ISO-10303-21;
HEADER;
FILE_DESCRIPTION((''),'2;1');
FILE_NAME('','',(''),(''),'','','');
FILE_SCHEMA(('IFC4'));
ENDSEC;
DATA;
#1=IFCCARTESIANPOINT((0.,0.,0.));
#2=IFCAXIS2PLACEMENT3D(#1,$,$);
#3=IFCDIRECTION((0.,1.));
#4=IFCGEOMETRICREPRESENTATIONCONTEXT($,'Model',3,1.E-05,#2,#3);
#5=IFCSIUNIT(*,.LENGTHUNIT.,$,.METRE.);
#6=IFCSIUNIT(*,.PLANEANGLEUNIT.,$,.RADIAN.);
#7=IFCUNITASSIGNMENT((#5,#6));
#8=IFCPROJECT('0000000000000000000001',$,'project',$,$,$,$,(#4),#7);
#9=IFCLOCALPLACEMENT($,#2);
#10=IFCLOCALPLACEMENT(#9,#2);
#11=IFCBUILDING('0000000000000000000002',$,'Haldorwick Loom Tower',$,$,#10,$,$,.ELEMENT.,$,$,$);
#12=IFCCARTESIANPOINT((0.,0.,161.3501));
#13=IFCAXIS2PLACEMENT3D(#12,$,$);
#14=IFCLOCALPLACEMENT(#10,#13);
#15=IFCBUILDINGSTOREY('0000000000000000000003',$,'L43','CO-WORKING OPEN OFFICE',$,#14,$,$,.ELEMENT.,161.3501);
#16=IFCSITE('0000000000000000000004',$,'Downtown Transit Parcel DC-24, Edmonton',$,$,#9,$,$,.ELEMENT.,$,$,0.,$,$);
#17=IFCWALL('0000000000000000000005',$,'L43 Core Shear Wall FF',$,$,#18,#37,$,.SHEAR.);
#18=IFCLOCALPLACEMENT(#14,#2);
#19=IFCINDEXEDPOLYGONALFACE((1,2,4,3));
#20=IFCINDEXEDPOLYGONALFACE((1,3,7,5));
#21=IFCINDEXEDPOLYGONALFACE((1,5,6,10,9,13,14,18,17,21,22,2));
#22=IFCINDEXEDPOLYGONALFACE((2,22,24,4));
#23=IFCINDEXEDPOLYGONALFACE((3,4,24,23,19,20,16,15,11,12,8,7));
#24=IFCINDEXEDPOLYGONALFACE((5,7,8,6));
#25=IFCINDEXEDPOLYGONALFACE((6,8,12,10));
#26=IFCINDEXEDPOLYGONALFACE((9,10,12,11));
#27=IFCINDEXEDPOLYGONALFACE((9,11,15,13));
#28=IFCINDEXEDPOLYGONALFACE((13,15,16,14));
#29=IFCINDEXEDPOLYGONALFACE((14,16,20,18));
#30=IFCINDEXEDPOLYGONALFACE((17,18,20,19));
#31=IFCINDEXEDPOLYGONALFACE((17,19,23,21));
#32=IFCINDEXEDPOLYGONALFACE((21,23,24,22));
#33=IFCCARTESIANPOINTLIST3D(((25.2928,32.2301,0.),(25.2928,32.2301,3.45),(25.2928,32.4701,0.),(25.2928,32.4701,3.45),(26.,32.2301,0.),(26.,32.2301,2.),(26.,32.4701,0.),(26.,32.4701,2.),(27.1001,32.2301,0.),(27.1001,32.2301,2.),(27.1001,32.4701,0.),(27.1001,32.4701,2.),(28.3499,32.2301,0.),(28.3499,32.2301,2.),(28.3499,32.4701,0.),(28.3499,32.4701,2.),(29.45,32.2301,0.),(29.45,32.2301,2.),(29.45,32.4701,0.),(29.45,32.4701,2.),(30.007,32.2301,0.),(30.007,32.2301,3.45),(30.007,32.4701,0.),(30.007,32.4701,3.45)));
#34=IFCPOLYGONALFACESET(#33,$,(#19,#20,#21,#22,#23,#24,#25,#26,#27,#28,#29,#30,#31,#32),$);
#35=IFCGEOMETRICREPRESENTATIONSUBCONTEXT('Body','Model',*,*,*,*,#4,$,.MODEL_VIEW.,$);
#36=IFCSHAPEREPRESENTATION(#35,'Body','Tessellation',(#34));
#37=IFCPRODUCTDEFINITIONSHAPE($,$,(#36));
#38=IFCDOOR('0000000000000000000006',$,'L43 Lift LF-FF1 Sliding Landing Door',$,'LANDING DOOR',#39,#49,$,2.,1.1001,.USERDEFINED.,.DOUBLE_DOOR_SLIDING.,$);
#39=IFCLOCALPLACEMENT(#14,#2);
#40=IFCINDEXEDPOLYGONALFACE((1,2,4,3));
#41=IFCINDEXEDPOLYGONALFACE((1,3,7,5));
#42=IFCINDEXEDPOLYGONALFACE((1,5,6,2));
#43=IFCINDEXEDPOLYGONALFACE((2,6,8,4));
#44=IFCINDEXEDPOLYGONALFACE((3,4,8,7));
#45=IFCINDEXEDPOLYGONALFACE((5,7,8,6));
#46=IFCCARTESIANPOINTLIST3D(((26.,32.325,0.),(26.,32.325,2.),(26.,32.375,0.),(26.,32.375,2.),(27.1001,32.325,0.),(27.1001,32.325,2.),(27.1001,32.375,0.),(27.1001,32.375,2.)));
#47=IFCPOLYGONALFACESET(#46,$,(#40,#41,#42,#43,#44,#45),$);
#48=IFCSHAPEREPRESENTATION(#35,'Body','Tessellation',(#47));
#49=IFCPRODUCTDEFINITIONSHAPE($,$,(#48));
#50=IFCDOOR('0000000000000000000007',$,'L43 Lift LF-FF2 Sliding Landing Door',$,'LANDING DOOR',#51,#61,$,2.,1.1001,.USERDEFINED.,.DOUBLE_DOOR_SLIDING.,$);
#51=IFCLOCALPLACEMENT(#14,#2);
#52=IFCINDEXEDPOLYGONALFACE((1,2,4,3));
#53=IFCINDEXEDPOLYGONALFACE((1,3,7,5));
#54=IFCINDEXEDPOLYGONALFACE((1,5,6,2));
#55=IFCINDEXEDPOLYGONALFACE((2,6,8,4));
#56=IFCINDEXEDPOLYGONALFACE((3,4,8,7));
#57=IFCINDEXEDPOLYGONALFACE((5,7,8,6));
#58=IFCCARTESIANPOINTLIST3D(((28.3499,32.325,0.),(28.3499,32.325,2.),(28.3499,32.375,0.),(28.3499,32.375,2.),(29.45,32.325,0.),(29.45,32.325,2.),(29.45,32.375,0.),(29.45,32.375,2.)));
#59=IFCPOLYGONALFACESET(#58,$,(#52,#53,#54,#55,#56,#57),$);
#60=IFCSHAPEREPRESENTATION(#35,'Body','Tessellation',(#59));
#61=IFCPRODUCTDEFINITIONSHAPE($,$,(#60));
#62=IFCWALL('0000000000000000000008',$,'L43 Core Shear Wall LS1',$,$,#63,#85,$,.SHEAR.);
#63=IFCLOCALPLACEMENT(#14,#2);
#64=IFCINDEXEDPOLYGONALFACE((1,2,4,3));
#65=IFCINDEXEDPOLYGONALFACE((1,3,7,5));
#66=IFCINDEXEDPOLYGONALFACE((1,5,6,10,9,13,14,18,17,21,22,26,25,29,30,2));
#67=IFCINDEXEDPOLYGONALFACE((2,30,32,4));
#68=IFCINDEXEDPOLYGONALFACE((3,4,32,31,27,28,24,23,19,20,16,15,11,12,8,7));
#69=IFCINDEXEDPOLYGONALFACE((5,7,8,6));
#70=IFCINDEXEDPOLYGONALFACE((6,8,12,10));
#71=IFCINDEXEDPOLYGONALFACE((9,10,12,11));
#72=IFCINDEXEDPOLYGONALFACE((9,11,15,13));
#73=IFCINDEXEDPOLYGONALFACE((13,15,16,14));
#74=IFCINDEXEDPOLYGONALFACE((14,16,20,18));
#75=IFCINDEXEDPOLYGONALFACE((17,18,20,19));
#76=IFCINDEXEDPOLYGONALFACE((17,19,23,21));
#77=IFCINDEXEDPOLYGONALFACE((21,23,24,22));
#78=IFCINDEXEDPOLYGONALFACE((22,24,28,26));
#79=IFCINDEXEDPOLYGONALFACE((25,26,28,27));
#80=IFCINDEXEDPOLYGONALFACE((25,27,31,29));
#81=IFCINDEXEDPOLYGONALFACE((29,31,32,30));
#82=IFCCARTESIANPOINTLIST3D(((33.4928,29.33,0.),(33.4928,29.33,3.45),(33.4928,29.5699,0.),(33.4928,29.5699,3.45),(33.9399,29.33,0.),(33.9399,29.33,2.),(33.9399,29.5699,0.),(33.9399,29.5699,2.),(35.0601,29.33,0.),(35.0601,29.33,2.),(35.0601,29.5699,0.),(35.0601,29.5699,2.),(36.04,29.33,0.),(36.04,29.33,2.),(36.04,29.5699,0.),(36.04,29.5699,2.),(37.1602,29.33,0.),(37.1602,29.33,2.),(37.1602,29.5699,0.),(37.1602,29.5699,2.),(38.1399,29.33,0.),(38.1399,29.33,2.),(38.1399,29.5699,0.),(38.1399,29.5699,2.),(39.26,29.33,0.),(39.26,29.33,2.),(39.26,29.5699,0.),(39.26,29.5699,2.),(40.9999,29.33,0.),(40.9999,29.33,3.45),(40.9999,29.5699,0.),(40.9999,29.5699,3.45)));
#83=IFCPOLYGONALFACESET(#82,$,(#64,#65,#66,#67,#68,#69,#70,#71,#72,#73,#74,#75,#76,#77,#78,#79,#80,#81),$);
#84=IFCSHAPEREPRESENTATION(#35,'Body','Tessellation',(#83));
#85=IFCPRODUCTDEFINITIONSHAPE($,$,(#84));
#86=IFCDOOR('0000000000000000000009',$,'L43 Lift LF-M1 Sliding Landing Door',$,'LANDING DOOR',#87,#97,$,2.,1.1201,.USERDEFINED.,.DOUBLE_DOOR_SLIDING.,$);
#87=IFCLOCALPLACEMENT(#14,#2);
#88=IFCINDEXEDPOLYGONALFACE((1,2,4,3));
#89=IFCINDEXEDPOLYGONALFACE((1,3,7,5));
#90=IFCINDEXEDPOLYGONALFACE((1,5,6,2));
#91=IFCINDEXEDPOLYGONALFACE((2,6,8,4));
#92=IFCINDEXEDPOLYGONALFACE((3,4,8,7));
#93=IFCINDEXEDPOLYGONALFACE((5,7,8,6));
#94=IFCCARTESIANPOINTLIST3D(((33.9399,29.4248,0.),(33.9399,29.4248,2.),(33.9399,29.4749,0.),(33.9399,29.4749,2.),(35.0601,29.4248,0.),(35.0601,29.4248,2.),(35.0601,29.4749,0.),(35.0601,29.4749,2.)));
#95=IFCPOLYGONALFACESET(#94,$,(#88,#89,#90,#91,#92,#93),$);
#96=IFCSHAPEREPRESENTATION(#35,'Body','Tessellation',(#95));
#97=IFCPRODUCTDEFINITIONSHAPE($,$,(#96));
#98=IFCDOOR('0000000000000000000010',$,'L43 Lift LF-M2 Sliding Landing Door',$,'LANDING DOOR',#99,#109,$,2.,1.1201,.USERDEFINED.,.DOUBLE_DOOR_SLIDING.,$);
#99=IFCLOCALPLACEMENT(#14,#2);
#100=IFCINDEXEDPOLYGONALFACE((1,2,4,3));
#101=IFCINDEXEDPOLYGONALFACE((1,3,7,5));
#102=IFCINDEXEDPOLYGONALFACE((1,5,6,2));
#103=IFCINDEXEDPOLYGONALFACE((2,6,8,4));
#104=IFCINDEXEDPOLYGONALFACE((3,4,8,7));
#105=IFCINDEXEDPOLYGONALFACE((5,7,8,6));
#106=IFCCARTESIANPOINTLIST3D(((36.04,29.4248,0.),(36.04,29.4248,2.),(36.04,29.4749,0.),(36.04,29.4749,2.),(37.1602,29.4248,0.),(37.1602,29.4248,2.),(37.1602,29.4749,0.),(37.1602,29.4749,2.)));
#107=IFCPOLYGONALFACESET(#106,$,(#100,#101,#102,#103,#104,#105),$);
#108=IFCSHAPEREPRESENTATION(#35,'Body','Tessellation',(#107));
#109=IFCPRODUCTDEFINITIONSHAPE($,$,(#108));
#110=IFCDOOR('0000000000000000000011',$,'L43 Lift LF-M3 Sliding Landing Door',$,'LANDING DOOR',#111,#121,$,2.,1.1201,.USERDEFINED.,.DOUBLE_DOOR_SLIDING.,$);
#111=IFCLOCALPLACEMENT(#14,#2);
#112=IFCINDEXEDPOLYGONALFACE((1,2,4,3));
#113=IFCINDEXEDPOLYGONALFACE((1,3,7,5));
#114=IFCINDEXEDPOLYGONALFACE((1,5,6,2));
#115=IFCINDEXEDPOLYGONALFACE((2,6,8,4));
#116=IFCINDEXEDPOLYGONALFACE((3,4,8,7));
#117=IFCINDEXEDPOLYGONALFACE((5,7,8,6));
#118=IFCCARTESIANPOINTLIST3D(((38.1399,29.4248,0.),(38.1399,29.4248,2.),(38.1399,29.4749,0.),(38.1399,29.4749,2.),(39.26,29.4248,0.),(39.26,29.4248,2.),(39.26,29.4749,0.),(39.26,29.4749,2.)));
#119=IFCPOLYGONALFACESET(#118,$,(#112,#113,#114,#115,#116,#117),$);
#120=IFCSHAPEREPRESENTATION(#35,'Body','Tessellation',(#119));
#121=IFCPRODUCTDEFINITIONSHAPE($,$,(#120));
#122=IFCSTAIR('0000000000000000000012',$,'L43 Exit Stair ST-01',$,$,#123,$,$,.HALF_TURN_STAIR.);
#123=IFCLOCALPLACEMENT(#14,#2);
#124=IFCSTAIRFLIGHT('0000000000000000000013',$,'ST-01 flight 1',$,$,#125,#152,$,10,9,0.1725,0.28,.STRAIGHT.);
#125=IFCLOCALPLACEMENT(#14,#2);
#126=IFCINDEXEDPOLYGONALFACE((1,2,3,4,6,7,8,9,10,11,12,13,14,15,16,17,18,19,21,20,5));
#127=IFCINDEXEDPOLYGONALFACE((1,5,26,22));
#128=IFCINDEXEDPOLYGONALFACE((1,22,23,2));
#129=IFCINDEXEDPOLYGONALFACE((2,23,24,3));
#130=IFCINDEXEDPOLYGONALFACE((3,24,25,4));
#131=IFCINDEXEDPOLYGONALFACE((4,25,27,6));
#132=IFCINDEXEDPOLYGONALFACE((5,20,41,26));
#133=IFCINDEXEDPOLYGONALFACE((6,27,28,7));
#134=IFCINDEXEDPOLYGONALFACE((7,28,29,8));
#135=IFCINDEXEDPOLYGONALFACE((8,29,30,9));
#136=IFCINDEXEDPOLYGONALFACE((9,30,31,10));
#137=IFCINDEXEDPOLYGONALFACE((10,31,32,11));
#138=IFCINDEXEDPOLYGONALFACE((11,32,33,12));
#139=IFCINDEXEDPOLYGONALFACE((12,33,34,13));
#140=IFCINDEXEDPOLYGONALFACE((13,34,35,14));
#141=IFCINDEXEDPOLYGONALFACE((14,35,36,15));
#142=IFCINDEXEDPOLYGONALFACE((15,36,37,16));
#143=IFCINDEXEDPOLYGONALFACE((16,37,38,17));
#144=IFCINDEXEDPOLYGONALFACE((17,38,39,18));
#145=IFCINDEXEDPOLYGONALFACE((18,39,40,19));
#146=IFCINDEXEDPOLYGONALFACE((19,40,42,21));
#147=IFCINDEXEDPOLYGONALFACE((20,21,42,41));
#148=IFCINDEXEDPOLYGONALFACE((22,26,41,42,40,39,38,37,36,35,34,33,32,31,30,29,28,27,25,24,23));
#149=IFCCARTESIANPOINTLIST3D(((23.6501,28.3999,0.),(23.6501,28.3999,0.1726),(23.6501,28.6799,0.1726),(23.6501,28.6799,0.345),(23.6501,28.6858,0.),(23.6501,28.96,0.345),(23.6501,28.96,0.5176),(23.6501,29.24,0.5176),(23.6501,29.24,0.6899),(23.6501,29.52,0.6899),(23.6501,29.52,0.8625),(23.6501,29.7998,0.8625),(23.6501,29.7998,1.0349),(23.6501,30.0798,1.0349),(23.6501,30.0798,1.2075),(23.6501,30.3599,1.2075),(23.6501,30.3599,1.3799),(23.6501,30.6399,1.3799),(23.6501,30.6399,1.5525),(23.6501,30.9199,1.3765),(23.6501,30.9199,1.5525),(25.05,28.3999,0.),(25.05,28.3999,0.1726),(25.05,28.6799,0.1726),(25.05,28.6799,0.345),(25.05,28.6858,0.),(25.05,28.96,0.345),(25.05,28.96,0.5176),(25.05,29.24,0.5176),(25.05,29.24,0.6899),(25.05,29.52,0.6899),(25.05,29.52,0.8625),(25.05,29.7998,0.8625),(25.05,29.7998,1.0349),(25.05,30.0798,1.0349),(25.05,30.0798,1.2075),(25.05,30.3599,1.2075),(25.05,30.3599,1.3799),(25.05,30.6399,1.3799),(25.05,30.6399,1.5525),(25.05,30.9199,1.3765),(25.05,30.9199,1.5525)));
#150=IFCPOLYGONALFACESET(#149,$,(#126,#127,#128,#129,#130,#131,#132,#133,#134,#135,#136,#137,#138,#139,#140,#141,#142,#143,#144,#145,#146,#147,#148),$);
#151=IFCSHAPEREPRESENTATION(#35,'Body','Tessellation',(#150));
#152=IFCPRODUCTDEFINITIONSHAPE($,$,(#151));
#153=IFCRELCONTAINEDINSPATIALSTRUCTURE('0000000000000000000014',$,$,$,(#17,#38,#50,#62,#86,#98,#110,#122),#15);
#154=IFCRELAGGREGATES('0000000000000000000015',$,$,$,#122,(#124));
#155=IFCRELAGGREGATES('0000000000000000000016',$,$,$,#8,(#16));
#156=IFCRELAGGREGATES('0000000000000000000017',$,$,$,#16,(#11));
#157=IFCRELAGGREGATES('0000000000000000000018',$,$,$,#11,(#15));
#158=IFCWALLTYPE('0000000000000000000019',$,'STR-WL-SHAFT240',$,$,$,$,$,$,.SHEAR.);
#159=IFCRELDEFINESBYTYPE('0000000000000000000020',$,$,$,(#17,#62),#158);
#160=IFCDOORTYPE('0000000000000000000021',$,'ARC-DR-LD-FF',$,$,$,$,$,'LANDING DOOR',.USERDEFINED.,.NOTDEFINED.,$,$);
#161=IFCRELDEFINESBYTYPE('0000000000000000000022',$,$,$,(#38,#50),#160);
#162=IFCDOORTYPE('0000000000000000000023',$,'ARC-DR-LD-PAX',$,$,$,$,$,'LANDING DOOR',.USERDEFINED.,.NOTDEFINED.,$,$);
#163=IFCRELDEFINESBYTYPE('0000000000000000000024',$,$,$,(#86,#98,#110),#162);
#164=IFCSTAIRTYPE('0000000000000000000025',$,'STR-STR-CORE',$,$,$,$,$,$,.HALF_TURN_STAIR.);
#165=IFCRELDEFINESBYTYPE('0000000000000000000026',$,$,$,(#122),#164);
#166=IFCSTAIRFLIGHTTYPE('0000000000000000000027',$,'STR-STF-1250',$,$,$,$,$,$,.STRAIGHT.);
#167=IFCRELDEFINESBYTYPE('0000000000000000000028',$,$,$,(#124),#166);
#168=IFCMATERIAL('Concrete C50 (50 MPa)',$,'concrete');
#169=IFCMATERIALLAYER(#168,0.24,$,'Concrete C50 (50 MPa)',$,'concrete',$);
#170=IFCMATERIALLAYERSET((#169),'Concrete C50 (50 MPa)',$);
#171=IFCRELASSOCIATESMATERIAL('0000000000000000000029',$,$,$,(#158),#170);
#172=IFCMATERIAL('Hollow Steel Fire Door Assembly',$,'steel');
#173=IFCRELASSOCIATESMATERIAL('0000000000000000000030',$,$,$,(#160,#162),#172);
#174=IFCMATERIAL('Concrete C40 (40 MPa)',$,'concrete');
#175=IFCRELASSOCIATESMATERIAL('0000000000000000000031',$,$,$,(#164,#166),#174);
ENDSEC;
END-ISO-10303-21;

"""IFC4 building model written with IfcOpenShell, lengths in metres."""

from ifc_helpers import new_model, si_unit, direction, frame, frame_2d, origin, place, context, subcontext, project, spatial, polyline, rectangle, outline, extrude, material, layer, layer_set, type_object, element, fill, aggregate, save


model = new_model("IFC4")

# Units and contexts
model_context = context("Model", 3, precision=1e-05, world=origin(), true_north=direction((0.0, 1.0)))
body_context = subcontext(model_context, "Body", "Model", "MODEL_VIEW")
ifc_project = project(units=[si_unit("LENGTHUNIT", "METRE"), si_unit("PLANEANGLEUNIT", "RADIAN")], contexts=[model_context])

# Site, building, storey
site_placement = place(None, origin())
site = spatial("IfcSite", under=ifc_project, at=site_placement, Name="Downtown Transit Parcel DC-24, Edmonton", CompositionType="ELEMENT", RefElevation=0.0)
building_placement = place(site_placement, origin())
building = spatial("IfcBuilding", under=site, at=building_placement, Name="Haldorwick Loom Tower", CompositionType="ELEMENT")
storey_placement = place(building_placement, frame((0.0, 0.0, 161.3501)))
storey = spatial("IfcBuildingStorey", under=building, at=storey_placement, Name="L43", Description="CO-WORKING OPEN OFFICE", CompositionType="ELEMENT", Elevation=161.3501)

# Shared definitions
ifc_material_1 = material(Name="Concrete C50 (50 MPa)", Category="concrete")
ifc_layer_1 = layer(ifc_material_1, 0.24, Name="Concrete C50 (50 MPa)", Category="concrete")
ifc_layer_set_1 = layer_set([ifc_layer_1], Name="Concrete C50 (50 MPa)")
wall_type = type_object("IfcWallType", Name="STR-WL-SHAFT240", PredefinedType="SHEAR", material=ifc_layer_set_1)

# Walls, openings, doors
wall_1_placement = place(storey_placement, frame((25.293, 32.3501, 0.0), z_axis=(0.0, 0.0, 1.0), x_axis=(1.0, 0.0, 0.0)))
wall_1 = element("IfcWall", 1, at=wall_1_placement, inside=storey, type_object=wall_type, Name="L43 Core Shear Wall FF", PredefinedType="SHEAR", context=body_context, shape_type="SweptSolid", body=[
    extrude(rectangle(XDim=4.7141, YDim=0.24, at=frame_2d((2.3569, 0.0))), origin(), (0.0, 0.0, 1.0), 3.45),
])
opening_1_placement = place(wall_1_placement, frame((0.707, 0.0, 0.0)))
opening_1 = element("IfcOpeningElement", 2, at=opening_1_placement, cuts=wall_1, PredefinedType="OPENING", context=body_context, shape_type="SweptSolid", body=[
    extrude(rectangle(XDim=1.1001, YDim=2.0, at=frame_2d((0.55, 1.0))), frame((0.0, 0.1299, 0.0), z_axis=(0.0, -1.0, 0.0), x_axis=(1.0, 0.0, 0.0)), (0.0, 0.0, 1.0), 0.26),
])
opening_2_placement = place(wall_1_placement, frame((3.0569, 0.0, 0.0)))
opening_2 = element("IfcOpeningElement", 3, at=opening_2_placement, cuts=wall_1, PredefinedType="OPENING", context=body_context, shape_type="SweptSolid", body=[
    extrude(rectangle(XDim=1.1001, YDim=2.0, at=frame_2d((0.55, 1.0))), frame((0.0, 0.1299, 0.0), z_axis=(0.0, -1.0, 0.0), x_axis=(1.0, 0.0, 0.0)), (0.0, 0.0, 1.0), 0.26),
])
ifc_material_2 = material(Name="Hollow Steel Fire Door Assembly", Category="steel")
door_type_1 = type_object("IfcDoorType", Name="ARC-DR-LD-FF", ElementType="LANDING DOOR", OperationType="NOTDEFINED", PredefinedType="USERDEFINED", material=ifc_material_2)
door_1_placement = place(opening_1_placement, origin())
door_1 = element("IfcDoor", 4, at=door_1_placement, inside=storey, type_object=door_type_1, Name="L43 Lift LF-FF1 Sliding Landing Door", ObjectType="LANDING DOOR", OperationType="DOUBLE_DOOR_SLIDING", OverallHeight=2.0, OverallWidth=1.1001, PredefinedType="USERDEFINED", context=body_context, shape_type="SweptSolid", body=[
    extrude(rectangle(XDim=1.1001, YDim=2.0, at=frame_2d((0.55, 1.0))), frame((0.0, 0.0249, 0.0), z_axis=(0.0, -1.0, 0.0), x_axis=(1.0, 0.0, 0.0)), (0.0, 0.0, 1.0), 0.05),
])
fill(opening_1, door_1)
door_2_placement = place(opening_2_placement, origin())
door_2 = element("IfcDoor", 5, at=door_2_placement, inside=storey, type_object=door_type_1, Name="L43 Lift LF-FF2 Sliding Landing Door", ObjectType="LANDING DOOR", OperationType="DOUBLE_DOOR_SLIDING", OverallHeight=2.0, OverallWidth=1.1001, PredefinedType="USERDEFINED", context=body_context, shape_type="SweptSolid", body=[
    extrude(rectangle(XDim=1.1001, YDim=2.0, at=frame_2d((0.55, 1.0))), frame((0.0, 0.0249, 0.0), z_axis=(0.0, -1.0, 0.0), x_axis=(1.0, 0.0, 0.0)), (0.0, 0.0, 1.0), 0.05),
])
fill(opening_2, door_2)
wall_2_placement = place(storey_placement, frame((33.4929, 29.45, 0.0), z_axis=(0.0, 0.0, 1.0), x_axis=(1.0, 0.0, 0.0)))
wall_2 = element("IfcWall", 6, at=wall_2_placement, inside=storey, type_object=wall_type, Name="L43 Core Shear Wall LS1", PredefinedType="SHEAR", context=body_context, shape_type="SweptSolid", body=[
    extrude(rectangle(XDim=7.5071, YDim=0.24, at=frame_2d((3.7534, 0.0))), origin(), (0.0, 0.0, 1.0), 3.45),
])
opening_3_placement = place(wall_2_placement, frame((0.447, 0.0, 0.0)))
opening_3 = element("IfcOpeningElement", 7, at=opening_3_placement, cuts=wall_2, PredefinedType="OPENING", context=body_context, shape_type="SweptSolid", body=[
    extrude(rectangle(XDim=1.1201, YDim=2.0, at=frame_2d((0.5601, 1.0))), frame((0.0, 0.1299, 0.0), z_axis=(0.0, -1.0, 0.0), x_axis=(1.0, 0.0, 0.0)), (0.0, 0.0, 1.0), 0.26),
])
opening_4_placement = place(wall_2_placement, frame((2.5471, 0.0, 0.0)))
opening_4 = element("IfcOpeningElement", 8, at=opening_4_placement, cuts=wall_2, PredefinedType="OPENING", context=body_context, shape_type="SweptSolid", body=[
    extrude(rectangle(XDim=1.1201, YDim=2.0, at=frame_2d((0.5601, 1.0))), frame((0.0, 0.1299, 0.0), z_axis=(0.0, -1.0, 0.0), x_axis=(1.0, 0.0, 0.0)), (0.0, 0.0, 1.0), 0.26),
])
opening_5_placement = place(wall_2_placement, frame((4.647, 0.0, 0.0)))
opening_5 = element("IfcOpeningElement", 9, at=opening_5_placement, cuts=wall_2, PredefinedType="OPENING", context=body_context, shape_type="SweptSolid", body=[
    extrude(rectangle(XDim=1.1201, YDim=2.0, at=frame_2d((0.5601, 1.0))), frame((0.0, 0.1299, 0.0), z_axis=(0.0, -1.0, 0.0), x_axis=(1.0, 0.0, 0.0)), (0.0, 0.0, 1.0), 0.26),
])
door_type_2 = type_object("IfcDoorType", Name="ARC-DR-LD-PAX", ElementType="LANDING DOOR", OperationType="NOTDEFINED", PredefinedType="USERDEFINED", material=ifc_material_2)
door_3_placement = place(opening_3_placement, origin())
door_3 = element("IfcDoor", 10, at=door_3_placement, inside=storey, type_object=door_type_2, Name="L43 Lift LF-M1 Sliding Landing Door", ObjectType="LANDING DOOR", OperationType="DOUBLE_DOOR_SLIDING", OverallHeight=2.0, OverallWidth=1.1201, PredefinedType="USERDEFINED", context=body_context, shape_type="SweptSolid", body=[
    extrude(rectangle(XDim=1.1201, YDim=2.0, at=frame_2d((0.5601, 1.0))), frame((0.0, 0.0249, 0.0), z_axis=(0.0, -1.0, 0.0), x_axis=(1.0, 0.0, 0.0)), (0.0, 0.0, 1.0), 0.05),
])
fill(opening_3, door_3)
door_4_placement = place(opening_4_placement, origin())
door_4 = element("IfcDoor", 11, at=door_4_placement, inside=storey, type_object=door_type_2, Name="L43 Lift LF-M2 Sliding Landing Door", ObjectType="LANDING DOOR", OperationType="DOUBLE_DOOR_SLIDING", OverallHeight=2.0, OverallWidth=1.1201, PredefinedType="USERDEFINED", context=body_context, shape_type="SweptSolid", body=[
    extrude(rectangle(XDim=1.1201, YDim=2.0, at=frame_2d((0.5601, 1.0))), frame((0.0, 0.0249, 0.0), z_axis=(0.0, -1.0, 0.0), x_axis=(1.0, 0.0, 0.0)), (0.0, 0.0, 1.0), 0.05),
])
fill(opening_4, door_4)
door_5_placement = place(opening_5_placement, origin())
door_5 = element("IfcDoor", 12, at=door_5_placement, inside=storey, type_object=door_type_2, Name="L43 Lift LF-M3 Sliding Landing Door", ObjectType="LANDING DOOR", OperationType="DOUBLE_DOOR_SLIDING", OverallHeight=2.0, OverallWidth=1.1201, PredefinedType="USERDEFINED", context=body_context, shape_type="SweptSolid", body=[
    extrude(rectangle(XDim=1.1201, YDim=2.0, at=frame_2d((0.5601, 1.0))), frame((0.0, 0.0249, 0.0), z_axis=(0.0, -1.0, 0.0), x_axis=(1.0, 0.0, 0.0)), (0.0, 0.0, 1.0), 0.05),
])
fill(opening_5, door_5)

# Stair, stair flight
ifc_material_3 = material(Name="Concrete C40 (40 MPa)", Category="concrete")
stair_type = type_object("IfcStairType", Name="STR-STR-CORE", PredefinedType="HALF_TURN_STAIR", material=ifc_material_3)
stair_1_placement = place(storey_placement, origin())
stair_1 = element("IfcStair", 13, at=stair_1_placement, inside=storey, type_object=stair_type, Name="L43 Exit Stair ST-01", PredefinedType="HALF_TURN_STAIR")
stair_flight_type = type_object("IfcStairFlightType", Name="STR-STF-1250", PredefinedType="STRAIGHT", material=ifc_material_3)
stair_flight_1_placement = place(storey_placement, frame((24.3501, 28.3999, 0.0), z_axis=(0.0, 0.0, 1.0), x_axis=(0.0, 1.0, 0.0)))
stair_flight_1 = element("IfcStairFlight", 14, at=stair_flight_1_placement, type_object=stair_flight_type, Name="ST-01 flight 1", NumberOfRisers=10, NumberOfTreads=9, PredefinedType="STRAIGHT", RiserHeight=0.1725, TreadLength=0.28, context=body_context, shape_type="SweptSolid", body=[
    extrude(outline(polyline([(0.0, 0.0), (0.0, 0.1726), (0.28, 0.1726), (0.28, 0.345), (0.5601, 0.345), (0.5601, 0.5176), (0.8401, 0.5176), (0.8401, 0.6899), (1.1201, 0.6899), (1.1201, 0.8625), (1.3999, 0.8625), (1.3999, 1.0349), (1.6799, 1.0349), (1.6799, 1.2075), (1.96, 1.2075), (1.96, 1.3799), (2.24, 1.3799), (2.24, 1.5525), (2.52, 1.5525), (2.52, 1.7251), (2.52, 1.3765), (0.2859, 0.0), (0.0, 0.0)])), frame((0.0, 0.7, 0.0), z_axis=(0.0, -1.0, 0.0), x_axis=(1.0, 0.0, 0.0)), (0.0, 0.0, 1.0), 1.3999),
])
aggregate(stair_1, [stair_flight_1])

save(model, "model.ifc")
